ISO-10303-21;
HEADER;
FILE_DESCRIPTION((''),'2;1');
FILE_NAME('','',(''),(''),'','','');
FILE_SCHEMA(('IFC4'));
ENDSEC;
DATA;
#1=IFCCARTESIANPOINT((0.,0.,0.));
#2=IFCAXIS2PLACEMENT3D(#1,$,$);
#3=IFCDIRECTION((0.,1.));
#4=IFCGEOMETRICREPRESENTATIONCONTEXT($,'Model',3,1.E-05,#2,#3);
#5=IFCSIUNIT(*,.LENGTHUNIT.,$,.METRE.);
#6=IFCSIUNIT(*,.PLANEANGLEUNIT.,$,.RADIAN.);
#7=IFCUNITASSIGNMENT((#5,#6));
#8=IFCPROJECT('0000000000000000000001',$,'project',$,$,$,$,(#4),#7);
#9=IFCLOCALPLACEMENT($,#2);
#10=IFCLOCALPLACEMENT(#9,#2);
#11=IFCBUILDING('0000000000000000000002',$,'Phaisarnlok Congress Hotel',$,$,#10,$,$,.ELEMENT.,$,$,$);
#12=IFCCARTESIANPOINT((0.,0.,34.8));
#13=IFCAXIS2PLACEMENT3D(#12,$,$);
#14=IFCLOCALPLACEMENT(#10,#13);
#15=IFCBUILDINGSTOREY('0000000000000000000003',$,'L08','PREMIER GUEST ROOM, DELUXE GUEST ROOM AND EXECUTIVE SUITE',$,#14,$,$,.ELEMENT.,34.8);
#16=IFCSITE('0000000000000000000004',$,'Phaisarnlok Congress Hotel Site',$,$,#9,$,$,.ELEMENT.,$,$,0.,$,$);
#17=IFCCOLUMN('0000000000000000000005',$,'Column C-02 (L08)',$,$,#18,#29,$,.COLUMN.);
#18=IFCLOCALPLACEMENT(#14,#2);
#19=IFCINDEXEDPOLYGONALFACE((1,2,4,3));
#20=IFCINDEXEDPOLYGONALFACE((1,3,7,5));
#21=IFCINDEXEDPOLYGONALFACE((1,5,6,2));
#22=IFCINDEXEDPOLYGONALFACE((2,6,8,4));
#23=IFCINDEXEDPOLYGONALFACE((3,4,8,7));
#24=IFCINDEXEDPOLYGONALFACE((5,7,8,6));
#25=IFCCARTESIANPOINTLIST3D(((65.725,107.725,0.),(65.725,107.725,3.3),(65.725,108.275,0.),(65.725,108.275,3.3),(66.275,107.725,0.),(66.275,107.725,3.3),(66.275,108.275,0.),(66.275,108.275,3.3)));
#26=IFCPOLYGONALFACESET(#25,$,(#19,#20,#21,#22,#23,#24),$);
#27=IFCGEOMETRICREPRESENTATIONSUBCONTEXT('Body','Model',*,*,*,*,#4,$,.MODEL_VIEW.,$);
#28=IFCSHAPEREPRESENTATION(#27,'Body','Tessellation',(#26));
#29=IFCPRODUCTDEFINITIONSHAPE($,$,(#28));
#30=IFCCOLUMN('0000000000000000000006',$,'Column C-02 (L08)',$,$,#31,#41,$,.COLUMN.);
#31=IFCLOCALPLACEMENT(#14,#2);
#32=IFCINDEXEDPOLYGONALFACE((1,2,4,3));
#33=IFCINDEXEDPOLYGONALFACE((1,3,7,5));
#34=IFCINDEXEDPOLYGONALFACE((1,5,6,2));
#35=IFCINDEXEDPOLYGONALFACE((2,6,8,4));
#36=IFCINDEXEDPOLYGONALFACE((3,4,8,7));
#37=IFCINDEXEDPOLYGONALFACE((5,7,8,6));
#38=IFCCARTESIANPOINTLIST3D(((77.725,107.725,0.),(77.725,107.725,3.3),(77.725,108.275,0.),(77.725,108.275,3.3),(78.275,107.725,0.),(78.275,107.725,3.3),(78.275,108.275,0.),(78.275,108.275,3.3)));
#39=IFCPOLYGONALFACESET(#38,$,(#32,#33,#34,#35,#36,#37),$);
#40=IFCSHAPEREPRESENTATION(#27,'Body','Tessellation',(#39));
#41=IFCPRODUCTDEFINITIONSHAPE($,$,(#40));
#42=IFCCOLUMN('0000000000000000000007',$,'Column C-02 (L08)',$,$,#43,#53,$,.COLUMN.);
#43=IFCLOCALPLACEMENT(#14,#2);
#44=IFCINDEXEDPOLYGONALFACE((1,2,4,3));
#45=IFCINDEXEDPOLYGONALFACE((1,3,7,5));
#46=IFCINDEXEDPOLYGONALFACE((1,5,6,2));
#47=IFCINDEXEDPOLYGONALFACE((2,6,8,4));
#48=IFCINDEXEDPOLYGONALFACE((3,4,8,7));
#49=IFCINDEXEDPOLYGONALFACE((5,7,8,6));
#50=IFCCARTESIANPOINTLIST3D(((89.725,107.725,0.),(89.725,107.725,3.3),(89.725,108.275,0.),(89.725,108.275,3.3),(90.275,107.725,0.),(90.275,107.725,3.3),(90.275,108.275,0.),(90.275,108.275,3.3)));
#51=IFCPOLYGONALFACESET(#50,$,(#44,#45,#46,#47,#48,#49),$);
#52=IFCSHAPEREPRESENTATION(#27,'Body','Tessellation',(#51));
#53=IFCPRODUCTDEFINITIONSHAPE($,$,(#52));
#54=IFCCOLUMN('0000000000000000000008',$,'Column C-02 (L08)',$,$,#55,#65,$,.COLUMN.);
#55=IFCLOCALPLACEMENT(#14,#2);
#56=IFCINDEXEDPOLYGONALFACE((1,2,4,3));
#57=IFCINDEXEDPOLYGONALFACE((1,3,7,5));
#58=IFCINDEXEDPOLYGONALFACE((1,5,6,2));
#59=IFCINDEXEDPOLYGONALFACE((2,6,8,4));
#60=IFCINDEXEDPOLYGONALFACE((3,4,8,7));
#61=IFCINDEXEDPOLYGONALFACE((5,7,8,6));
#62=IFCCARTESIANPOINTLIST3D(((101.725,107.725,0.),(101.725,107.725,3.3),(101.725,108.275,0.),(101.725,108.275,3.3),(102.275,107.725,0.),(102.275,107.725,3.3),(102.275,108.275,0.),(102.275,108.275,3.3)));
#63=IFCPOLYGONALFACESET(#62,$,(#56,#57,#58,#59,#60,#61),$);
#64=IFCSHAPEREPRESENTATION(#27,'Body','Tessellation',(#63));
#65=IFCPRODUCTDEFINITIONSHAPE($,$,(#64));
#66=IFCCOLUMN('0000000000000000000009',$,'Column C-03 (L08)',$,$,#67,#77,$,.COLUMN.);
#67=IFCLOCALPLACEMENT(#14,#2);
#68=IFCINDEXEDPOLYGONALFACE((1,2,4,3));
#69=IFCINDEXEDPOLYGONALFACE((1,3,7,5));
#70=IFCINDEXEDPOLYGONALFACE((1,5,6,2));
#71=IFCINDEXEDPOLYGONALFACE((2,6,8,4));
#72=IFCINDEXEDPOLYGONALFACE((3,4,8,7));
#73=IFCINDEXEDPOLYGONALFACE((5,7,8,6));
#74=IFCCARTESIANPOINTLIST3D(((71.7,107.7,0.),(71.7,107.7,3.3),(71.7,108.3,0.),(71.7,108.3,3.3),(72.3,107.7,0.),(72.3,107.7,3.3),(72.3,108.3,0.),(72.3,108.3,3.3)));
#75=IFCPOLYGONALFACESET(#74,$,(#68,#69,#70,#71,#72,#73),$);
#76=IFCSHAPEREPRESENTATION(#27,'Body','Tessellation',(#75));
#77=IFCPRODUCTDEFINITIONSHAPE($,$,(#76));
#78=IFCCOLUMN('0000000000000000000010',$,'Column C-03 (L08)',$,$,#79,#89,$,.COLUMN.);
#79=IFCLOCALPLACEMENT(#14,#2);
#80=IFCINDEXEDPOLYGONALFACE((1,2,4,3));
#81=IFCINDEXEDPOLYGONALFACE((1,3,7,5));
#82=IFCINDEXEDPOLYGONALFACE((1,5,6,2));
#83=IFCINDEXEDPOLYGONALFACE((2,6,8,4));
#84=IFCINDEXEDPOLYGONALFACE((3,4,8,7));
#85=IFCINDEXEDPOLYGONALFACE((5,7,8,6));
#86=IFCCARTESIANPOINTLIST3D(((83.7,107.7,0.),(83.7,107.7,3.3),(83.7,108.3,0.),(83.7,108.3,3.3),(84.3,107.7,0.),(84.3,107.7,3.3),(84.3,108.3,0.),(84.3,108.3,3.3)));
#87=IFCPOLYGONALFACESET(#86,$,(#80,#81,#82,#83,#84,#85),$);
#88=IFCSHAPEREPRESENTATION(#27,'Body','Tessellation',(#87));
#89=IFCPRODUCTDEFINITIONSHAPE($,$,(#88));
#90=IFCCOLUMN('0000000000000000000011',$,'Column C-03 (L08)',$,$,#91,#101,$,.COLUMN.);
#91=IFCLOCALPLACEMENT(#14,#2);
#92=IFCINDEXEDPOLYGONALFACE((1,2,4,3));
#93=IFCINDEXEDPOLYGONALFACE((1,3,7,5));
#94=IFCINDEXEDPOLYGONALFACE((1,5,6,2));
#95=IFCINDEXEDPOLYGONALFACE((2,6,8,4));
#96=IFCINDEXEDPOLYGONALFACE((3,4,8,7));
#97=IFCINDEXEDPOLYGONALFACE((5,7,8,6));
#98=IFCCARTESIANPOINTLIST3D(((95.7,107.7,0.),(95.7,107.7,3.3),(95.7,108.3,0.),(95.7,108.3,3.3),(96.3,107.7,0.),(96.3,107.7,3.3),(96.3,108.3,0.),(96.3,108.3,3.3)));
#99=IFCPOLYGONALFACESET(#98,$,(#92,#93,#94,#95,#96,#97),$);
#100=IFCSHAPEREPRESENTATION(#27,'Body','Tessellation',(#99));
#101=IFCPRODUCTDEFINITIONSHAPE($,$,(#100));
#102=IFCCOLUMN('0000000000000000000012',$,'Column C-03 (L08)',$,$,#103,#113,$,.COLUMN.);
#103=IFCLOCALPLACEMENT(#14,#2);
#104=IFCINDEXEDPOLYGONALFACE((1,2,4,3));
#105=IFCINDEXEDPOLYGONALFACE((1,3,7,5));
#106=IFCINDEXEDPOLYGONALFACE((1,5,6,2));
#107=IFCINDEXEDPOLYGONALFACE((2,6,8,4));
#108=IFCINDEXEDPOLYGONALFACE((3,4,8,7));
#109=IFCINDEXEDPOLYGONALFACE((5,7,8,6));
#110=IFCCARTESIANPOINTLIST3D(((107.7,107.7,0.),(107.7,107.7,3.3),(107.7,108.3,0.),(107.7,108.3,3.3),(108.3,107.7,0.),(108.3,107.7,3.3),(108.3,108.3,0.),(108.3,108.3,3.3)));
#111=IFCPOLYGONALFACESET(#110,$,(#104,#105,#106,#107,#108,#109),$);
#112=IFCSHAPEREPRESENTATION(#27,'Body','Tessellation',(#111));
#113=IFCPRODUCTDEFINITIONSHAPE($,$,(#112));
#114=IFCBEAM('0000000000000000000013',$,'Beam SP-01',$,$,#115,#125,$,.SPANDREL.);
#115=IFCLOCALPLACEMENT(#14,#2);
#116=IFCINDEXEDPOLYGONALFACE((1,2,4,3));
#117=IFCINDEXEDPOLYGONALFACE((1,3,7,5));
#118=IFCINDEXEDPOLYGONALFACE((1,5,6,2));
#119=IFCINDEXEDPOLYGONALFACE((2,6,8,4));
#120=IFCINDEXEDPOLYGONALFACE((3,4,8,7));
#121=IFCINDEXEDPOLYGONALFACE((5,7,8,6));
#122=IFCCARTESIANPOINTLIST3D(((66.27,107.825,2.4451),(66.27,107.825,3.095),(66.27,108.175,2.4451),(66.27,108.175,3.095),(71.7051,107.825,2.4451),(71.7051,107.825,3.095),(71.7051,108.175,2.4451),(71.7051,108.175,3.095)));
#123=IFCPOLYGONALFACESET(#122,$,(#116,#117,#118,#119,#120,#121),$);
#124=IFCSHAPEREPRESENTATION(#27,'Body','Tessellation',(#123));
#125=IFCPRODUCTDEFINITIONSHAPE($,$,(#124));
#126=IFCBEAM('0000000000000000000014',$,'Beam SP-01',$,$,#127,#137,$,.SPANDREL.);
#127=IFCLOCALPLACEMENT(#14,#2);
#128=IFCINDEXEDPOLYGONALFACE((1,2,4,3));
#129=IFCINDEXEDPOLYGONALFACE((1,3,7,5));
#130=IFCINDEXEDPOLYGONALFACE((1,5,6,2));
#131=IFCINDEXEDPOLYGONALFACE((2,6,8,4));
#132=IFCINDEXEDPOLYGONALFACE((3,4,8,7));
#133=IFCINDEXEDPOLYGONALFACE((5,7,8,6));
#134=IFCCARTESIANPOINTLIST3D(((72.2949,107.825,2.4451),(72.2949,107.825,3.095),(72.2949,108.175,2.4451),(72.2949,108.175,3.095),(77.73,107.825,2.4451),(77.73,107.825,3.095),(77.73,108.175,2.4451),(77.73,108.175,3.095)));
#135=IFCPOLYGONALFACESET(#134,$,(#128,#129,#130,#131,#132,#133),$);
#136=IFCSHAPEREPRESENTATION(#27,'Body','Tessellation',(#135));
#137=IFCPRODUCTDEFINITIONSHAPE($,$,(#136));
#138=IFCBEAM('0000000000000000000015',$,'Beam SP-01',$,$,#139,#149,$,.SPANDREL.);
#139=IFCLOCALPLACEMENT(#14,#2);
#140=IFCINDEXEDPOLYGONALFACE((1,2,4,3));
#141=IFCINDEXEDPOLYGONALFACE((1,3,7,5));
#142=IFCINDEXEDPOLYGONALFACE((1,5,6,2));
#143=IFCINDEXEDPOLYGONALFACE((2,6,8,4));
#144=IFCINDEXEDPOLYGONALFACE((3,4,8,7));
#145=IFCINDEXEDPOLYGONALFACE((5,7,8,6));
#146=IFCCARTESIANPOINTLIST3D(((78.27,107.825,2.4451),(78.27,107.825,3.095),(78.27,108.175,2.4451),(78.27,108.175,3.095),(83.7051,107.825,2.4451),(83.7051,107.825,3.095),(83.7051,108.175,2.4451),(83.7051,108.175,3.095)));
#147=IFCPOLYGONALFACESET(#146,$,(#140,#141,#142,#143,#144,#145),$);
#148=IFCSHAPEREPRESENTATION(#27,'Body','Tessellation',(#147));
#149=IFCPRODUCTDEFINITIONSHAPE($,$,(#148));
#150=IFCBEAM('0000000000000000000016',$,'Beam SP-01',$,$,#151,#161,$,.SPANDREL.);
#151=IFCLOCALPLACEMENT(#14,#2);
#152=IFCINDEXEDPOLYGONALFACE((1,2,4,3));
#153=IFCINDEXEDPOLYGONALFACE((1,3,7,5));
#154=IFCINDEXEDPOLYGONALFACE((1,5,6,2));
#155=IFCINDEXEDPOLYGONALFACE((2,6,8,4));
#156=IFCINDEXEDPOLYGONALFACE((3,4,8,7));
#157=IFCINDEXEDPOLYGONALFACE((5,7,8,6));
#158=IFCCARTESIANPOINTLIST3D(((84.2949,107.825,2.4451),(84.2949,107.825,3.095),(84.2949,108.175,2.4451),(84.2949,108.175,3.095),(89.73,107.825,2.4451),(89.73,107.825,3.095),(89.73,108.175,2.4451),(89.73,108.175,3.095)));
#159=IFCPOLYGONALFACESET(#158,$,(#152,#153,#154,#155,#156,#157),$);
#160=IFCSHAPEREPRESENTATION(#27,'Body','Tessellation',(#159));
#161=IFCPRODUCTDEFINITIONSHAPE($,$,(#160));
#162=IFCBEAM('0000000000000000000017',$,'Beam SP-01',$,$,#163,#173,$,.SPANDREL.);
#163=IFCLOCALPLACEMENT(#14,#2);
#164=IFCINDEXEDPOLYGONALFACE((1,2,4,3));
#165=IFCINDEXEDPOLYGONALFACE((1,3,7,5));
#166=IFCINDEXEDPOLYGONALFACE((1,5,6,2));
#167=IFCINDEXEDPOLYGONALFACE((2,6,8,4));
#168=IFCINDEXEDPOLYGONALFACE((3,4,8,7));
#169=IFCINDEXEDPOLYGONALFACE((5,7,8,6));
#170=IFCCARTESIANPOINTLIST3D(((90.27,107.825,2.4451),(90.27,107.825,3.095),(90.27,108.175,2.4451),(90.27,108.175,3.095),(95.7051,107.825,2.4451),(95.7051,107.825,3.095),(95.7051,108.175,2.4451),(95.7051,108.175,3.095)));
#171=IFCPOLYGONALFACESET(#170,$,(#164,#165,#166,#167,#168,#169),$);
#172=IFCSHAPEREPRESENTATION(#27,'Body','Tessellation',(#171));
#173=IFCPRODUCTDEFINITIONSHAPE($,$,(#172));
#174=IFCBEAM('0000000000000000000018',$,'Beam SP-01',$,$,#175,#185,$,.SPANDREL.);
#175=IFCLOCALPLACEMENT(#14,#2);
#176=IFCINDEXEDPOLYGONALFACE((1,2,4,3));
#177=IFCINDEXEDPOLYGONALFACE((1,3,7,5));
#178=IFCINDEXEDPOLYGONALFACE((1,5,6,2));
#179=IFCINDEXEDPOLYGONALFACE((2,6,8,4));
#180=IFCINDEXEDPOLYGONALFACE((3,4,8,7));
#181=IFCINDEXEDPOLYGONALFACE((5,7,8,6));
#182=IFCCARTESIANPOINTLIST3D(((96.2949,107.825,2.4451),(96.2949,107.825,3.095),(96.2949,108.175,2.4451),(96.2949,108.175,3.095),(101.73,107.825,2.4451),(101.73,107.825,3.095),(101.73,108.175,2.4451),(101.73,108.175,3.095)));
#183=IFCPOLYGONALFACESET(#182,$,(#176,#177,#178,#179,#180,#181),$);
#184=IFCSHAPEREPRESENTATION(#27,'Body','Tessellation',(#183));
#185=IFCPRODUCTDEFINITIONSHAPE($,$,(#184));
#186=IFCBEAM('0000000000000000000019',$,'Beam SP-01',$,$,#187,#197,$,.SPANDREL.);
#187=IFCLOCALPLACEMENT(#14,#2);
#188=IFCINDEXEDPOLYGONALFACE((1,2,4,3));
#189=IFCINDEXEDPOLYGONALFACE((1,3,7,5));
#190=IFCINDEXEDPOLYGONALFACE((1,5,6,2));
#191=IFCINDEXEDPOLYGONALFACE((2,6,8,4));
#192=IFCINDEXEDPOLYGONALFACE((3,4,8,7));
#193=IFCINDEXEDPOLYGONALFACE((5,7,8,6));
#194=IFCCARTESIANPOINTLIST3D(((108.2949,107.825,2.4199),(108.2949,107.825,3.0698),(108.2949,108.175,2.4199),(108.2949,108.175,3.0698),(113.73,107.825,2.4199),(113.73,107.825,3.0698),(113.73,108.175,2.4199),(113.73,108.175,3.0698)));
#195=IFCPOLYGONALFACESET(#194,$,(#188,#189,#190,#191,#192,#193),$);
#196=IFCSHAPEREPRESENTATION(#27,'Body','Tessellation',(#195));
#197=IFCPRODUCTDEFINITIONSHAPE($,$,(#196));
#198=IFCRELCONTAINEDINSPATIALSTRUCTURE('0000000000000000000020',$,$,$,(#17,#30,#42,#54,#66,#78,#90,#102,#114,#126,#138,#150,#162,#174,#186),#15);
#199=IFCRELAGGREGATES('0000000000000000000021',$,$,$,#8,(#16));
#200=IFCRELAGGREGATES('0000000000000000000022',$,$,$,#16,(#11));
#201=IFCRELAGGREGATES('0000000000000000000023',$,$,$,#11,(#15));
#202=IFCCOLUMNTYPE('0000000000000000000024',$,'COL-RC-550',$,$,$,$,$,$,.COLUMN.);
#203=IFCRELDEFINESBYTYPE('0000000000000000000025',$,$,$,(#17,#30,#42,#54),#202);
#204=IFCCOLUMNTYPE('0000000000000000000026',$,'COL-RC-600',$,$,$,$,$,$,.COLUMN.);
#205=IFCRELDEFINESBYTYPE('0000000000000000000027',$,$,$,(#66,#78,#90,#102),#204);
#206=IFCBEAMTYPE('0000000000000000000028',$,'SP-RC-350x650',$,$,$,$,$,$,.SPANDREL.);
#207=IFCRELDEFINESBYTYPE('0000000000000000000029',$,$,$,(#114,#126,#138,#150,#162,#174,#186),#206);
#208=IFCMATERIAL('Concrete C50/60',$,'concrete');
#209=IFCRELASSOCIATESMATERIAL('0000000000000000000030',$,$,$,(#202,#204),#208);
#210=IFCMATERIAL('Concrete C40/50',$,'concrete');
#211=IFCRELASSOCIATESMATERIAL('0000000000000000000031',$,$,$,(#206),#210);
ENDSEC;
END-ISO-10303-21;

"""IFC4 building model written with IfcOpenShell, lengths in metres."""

from ifc_helpers import new_model, si_unit, direction, frame, origin, origin_2d, place, context, subcontext, project, spatial, rectangle, extrude, material, material_profile, profile_set, type_object, element, save


model = new_model("IFC4")

# Units and contexts
model_context = context("Model", 3, precision=1e-05, world=origin(), true_north=direction((0.0, 1.0)))
body_context = subcontext(model_context, "Body", "Model", "MODEL_VIEW")
ifc_project = project(units=[si_unit("LENGTHUNIT", "METRE"), si_unit("PLANEANGLEUNIT", "RADIAN")], contexts=[model_context])

# Site, building, storey
site_placement = place(None, origin())
site = spatial("IfcSite", under=ifc_project, at=site_placement, Name="Phaisarnlok Congress Hotel Site", CompositionType="ELEMENT", RefElevation=0.0)
building_placement = place(site_placement, origin())
building = spatial("IfcBuilding", under=site, at=building_placement, Name="Phaisarnlok Congress Hotel", CompositionType="ELEMENT")
storey_placement = place(building_placement, frame((0.0, 0.0, 34.8)))
storey = spatial("IfcBuildingStorey", under=building, at=storey_placement, Name="L08", Description="PREMIER GUEST ROOM, DELUXE GUEST ROOM AND EXECUTIVE SUITE", CompositionType="ELEMENT", Elevation=34.8)

# Columns
ifc_material_1 = material(Name="Concrete C50/60", Category="concrete")
ifc_material_profile_1 = material_profile(ifc_material_1, rectangle(XDim=0.55, YDim=0.55, at=origin_2d()), Name="RC 550x550")
ifc_profile_set_1 = profile_set([ifc_material_profile_1], Name="Concrete C50/60")
column_type_1 = type_object("IfcColumnType", Name="COL-RC-550", PredefinedType="COLUMN", material=ifc_profile_set_1)
for number, where, z_axis, x_axis, name in (
    (1, (66.0, 108.0, 0.0), (0.0, 0.0, 1.0), (1.0, 0.0, 0.0), "Column C-02 (L08)"),
    (2, (78.0, 108.0, 0.0), (0.0, 0.0, 1.0), (1.0, 0.0, 0.0), "Column C-02 (L08)"),
    (3, (90.0, 108.0, 0.0), (0.0, 0.0, 1.0), (1.0, 0.0, 0.0), "Column C-02 (L08)"),
    (4, (102.0, 108.0, 0.0), (0.0, 0.0, 1.0), (1.0, 0.0, 0.0), "Column C-02 (L08)"),
):
    element("IfcColumn", number, at=place(storey_placement, frame(where, z_axis=z_axis, x_axis=x_axis)), inside=storey, type_object=column_type_1, Name=name, PredefinedType="COLUMN", context=body_context, shape_type="SweptSolid", body=[
        extrude(rectangle(XDim=0.55, YDim=0.55, at=origin_2d()), origin(), (0.0, 0.0, 1.0), 3.3),
    ])
ifc_material_profile_2 = material_profile(ifc_material_1, rectangle(XDim=0.6001, YDim=0.6001, at=origin_2d()), Name="RC 600x600")
ifc_profile_set_2 = profile_set([ifc_material_profile_2], Name="Concrete C50/60")
column_type_2 = type_object("IfcColumnType", Name="COL-RC-600", PredefinedType="COLUMN", material=ifc_profile_set_2)
for number, where, z_axis, x_axis, name in (
    (5, (72.0, 108.0, 0.0), (0.0, 0.0, 1.0), (1.0, 0.0, 0.0), "Column C-03 (L08)"),
    (6, (84.0, 108.0, 0.0), (0.0, 0.0, 1.0), (1.0, 0.0, 0.0), "Column C-03 (L08)"),
    (7, (96.0, 108.0, 0.0), (0.0, 0.0, 1.0), (1.0, 0.0, 0.0), "Column C-03 (L08)"),
    (8, (108.0, 108.0, 0.0), (0.0, 0.0, 1.0), (1.0, 0.0, 0.0), "Column C-03 (L08)"),
):
    element("IfcColumn", number, at=place(storey_placement, frame(where, z_axis=z_axis, x_axis=x_axis)), inside=storey, type_object=column_type_2, Name=name, PredefinedType="COLUMN", context=body_context, shape_type="SweptSolid", body=[
        extrude(rectangle(XDim=0.6001, YDim=0.6001, at=origin_2d()), origin(), (0.0, 0.0, 1.0), 3.3),
    ])

# Beams
ifc_material_2 = material(Name="Concrete C40/50", Category="concrete")
ifc_material_profile_3 = material_profile(ifc_material_2, rectangle(XDim=0.3501, YDim=0.6499, at=origin_2d()), Name="RC 350x650")
ifc_profile_set_3 = profile_set([ifc_material_profile_3], Name="Concrete C40/50")
beam_type = type_object("IfcBeamType", Name="SP-RC-350x650", PredefinedType="SPANDREL", material=ifc_profile_set_3)
for number, where, z_axis, x_axis, name in (
    (9, (66.27, 108.0, 2.77), (1.0, 0.0, 0.0), (0.0, 1.0, 0.0), "Beam SP-01"),
    (10, (72.2949, 108.0, 2.77), (1.0, 0.0, 0.0), (0.0, 1.0, 0.0), "Beam SP-01"),
    (11, (78.27, 108.0, 2.77), (1.0, 0.0, 0.0), (0.0, 1.0, 0.0), "Beam SP-01"),
    (12, (84.2949, 108.0, 2.77), (1.0, 0.0, 0.0), (0.0, 1.0, 0.0), "Beam SP-01"),
    (13, (90.27, 108.0, 2.77), (1.0, 0.0, 0.0), (0.0, 1.0, 0.0), "Beam SP-01"),
    (14, (96.2949, 108.0, 2.77), (1.0, 0.0, 0.0), (0.0, 1.0, 0.0), "Beam SP-01"),
    (15, (108.2949, 108.0, 2.7449), (1.0, 0.0, 0.0), (0.0, 1.0, 0.0), "Beam SP-01"),
):
    element("IfcBeam", number, at=place(storey_placement, frame(where, z_axis=z_axis, x_axis=x_axis)), inside=storey, type_object=beam_type, Name=name, PredefinedType="SPANDREL", context=body_context, shape_type="SweptSolid", body=[
        extrude(rectangle(XDim=0.3501, YDim=0.6499, at=origin_2d()), origin(), (0.0, 0.0, 1.0), 5.4351),
    ])

save(model, "model.ifc")
